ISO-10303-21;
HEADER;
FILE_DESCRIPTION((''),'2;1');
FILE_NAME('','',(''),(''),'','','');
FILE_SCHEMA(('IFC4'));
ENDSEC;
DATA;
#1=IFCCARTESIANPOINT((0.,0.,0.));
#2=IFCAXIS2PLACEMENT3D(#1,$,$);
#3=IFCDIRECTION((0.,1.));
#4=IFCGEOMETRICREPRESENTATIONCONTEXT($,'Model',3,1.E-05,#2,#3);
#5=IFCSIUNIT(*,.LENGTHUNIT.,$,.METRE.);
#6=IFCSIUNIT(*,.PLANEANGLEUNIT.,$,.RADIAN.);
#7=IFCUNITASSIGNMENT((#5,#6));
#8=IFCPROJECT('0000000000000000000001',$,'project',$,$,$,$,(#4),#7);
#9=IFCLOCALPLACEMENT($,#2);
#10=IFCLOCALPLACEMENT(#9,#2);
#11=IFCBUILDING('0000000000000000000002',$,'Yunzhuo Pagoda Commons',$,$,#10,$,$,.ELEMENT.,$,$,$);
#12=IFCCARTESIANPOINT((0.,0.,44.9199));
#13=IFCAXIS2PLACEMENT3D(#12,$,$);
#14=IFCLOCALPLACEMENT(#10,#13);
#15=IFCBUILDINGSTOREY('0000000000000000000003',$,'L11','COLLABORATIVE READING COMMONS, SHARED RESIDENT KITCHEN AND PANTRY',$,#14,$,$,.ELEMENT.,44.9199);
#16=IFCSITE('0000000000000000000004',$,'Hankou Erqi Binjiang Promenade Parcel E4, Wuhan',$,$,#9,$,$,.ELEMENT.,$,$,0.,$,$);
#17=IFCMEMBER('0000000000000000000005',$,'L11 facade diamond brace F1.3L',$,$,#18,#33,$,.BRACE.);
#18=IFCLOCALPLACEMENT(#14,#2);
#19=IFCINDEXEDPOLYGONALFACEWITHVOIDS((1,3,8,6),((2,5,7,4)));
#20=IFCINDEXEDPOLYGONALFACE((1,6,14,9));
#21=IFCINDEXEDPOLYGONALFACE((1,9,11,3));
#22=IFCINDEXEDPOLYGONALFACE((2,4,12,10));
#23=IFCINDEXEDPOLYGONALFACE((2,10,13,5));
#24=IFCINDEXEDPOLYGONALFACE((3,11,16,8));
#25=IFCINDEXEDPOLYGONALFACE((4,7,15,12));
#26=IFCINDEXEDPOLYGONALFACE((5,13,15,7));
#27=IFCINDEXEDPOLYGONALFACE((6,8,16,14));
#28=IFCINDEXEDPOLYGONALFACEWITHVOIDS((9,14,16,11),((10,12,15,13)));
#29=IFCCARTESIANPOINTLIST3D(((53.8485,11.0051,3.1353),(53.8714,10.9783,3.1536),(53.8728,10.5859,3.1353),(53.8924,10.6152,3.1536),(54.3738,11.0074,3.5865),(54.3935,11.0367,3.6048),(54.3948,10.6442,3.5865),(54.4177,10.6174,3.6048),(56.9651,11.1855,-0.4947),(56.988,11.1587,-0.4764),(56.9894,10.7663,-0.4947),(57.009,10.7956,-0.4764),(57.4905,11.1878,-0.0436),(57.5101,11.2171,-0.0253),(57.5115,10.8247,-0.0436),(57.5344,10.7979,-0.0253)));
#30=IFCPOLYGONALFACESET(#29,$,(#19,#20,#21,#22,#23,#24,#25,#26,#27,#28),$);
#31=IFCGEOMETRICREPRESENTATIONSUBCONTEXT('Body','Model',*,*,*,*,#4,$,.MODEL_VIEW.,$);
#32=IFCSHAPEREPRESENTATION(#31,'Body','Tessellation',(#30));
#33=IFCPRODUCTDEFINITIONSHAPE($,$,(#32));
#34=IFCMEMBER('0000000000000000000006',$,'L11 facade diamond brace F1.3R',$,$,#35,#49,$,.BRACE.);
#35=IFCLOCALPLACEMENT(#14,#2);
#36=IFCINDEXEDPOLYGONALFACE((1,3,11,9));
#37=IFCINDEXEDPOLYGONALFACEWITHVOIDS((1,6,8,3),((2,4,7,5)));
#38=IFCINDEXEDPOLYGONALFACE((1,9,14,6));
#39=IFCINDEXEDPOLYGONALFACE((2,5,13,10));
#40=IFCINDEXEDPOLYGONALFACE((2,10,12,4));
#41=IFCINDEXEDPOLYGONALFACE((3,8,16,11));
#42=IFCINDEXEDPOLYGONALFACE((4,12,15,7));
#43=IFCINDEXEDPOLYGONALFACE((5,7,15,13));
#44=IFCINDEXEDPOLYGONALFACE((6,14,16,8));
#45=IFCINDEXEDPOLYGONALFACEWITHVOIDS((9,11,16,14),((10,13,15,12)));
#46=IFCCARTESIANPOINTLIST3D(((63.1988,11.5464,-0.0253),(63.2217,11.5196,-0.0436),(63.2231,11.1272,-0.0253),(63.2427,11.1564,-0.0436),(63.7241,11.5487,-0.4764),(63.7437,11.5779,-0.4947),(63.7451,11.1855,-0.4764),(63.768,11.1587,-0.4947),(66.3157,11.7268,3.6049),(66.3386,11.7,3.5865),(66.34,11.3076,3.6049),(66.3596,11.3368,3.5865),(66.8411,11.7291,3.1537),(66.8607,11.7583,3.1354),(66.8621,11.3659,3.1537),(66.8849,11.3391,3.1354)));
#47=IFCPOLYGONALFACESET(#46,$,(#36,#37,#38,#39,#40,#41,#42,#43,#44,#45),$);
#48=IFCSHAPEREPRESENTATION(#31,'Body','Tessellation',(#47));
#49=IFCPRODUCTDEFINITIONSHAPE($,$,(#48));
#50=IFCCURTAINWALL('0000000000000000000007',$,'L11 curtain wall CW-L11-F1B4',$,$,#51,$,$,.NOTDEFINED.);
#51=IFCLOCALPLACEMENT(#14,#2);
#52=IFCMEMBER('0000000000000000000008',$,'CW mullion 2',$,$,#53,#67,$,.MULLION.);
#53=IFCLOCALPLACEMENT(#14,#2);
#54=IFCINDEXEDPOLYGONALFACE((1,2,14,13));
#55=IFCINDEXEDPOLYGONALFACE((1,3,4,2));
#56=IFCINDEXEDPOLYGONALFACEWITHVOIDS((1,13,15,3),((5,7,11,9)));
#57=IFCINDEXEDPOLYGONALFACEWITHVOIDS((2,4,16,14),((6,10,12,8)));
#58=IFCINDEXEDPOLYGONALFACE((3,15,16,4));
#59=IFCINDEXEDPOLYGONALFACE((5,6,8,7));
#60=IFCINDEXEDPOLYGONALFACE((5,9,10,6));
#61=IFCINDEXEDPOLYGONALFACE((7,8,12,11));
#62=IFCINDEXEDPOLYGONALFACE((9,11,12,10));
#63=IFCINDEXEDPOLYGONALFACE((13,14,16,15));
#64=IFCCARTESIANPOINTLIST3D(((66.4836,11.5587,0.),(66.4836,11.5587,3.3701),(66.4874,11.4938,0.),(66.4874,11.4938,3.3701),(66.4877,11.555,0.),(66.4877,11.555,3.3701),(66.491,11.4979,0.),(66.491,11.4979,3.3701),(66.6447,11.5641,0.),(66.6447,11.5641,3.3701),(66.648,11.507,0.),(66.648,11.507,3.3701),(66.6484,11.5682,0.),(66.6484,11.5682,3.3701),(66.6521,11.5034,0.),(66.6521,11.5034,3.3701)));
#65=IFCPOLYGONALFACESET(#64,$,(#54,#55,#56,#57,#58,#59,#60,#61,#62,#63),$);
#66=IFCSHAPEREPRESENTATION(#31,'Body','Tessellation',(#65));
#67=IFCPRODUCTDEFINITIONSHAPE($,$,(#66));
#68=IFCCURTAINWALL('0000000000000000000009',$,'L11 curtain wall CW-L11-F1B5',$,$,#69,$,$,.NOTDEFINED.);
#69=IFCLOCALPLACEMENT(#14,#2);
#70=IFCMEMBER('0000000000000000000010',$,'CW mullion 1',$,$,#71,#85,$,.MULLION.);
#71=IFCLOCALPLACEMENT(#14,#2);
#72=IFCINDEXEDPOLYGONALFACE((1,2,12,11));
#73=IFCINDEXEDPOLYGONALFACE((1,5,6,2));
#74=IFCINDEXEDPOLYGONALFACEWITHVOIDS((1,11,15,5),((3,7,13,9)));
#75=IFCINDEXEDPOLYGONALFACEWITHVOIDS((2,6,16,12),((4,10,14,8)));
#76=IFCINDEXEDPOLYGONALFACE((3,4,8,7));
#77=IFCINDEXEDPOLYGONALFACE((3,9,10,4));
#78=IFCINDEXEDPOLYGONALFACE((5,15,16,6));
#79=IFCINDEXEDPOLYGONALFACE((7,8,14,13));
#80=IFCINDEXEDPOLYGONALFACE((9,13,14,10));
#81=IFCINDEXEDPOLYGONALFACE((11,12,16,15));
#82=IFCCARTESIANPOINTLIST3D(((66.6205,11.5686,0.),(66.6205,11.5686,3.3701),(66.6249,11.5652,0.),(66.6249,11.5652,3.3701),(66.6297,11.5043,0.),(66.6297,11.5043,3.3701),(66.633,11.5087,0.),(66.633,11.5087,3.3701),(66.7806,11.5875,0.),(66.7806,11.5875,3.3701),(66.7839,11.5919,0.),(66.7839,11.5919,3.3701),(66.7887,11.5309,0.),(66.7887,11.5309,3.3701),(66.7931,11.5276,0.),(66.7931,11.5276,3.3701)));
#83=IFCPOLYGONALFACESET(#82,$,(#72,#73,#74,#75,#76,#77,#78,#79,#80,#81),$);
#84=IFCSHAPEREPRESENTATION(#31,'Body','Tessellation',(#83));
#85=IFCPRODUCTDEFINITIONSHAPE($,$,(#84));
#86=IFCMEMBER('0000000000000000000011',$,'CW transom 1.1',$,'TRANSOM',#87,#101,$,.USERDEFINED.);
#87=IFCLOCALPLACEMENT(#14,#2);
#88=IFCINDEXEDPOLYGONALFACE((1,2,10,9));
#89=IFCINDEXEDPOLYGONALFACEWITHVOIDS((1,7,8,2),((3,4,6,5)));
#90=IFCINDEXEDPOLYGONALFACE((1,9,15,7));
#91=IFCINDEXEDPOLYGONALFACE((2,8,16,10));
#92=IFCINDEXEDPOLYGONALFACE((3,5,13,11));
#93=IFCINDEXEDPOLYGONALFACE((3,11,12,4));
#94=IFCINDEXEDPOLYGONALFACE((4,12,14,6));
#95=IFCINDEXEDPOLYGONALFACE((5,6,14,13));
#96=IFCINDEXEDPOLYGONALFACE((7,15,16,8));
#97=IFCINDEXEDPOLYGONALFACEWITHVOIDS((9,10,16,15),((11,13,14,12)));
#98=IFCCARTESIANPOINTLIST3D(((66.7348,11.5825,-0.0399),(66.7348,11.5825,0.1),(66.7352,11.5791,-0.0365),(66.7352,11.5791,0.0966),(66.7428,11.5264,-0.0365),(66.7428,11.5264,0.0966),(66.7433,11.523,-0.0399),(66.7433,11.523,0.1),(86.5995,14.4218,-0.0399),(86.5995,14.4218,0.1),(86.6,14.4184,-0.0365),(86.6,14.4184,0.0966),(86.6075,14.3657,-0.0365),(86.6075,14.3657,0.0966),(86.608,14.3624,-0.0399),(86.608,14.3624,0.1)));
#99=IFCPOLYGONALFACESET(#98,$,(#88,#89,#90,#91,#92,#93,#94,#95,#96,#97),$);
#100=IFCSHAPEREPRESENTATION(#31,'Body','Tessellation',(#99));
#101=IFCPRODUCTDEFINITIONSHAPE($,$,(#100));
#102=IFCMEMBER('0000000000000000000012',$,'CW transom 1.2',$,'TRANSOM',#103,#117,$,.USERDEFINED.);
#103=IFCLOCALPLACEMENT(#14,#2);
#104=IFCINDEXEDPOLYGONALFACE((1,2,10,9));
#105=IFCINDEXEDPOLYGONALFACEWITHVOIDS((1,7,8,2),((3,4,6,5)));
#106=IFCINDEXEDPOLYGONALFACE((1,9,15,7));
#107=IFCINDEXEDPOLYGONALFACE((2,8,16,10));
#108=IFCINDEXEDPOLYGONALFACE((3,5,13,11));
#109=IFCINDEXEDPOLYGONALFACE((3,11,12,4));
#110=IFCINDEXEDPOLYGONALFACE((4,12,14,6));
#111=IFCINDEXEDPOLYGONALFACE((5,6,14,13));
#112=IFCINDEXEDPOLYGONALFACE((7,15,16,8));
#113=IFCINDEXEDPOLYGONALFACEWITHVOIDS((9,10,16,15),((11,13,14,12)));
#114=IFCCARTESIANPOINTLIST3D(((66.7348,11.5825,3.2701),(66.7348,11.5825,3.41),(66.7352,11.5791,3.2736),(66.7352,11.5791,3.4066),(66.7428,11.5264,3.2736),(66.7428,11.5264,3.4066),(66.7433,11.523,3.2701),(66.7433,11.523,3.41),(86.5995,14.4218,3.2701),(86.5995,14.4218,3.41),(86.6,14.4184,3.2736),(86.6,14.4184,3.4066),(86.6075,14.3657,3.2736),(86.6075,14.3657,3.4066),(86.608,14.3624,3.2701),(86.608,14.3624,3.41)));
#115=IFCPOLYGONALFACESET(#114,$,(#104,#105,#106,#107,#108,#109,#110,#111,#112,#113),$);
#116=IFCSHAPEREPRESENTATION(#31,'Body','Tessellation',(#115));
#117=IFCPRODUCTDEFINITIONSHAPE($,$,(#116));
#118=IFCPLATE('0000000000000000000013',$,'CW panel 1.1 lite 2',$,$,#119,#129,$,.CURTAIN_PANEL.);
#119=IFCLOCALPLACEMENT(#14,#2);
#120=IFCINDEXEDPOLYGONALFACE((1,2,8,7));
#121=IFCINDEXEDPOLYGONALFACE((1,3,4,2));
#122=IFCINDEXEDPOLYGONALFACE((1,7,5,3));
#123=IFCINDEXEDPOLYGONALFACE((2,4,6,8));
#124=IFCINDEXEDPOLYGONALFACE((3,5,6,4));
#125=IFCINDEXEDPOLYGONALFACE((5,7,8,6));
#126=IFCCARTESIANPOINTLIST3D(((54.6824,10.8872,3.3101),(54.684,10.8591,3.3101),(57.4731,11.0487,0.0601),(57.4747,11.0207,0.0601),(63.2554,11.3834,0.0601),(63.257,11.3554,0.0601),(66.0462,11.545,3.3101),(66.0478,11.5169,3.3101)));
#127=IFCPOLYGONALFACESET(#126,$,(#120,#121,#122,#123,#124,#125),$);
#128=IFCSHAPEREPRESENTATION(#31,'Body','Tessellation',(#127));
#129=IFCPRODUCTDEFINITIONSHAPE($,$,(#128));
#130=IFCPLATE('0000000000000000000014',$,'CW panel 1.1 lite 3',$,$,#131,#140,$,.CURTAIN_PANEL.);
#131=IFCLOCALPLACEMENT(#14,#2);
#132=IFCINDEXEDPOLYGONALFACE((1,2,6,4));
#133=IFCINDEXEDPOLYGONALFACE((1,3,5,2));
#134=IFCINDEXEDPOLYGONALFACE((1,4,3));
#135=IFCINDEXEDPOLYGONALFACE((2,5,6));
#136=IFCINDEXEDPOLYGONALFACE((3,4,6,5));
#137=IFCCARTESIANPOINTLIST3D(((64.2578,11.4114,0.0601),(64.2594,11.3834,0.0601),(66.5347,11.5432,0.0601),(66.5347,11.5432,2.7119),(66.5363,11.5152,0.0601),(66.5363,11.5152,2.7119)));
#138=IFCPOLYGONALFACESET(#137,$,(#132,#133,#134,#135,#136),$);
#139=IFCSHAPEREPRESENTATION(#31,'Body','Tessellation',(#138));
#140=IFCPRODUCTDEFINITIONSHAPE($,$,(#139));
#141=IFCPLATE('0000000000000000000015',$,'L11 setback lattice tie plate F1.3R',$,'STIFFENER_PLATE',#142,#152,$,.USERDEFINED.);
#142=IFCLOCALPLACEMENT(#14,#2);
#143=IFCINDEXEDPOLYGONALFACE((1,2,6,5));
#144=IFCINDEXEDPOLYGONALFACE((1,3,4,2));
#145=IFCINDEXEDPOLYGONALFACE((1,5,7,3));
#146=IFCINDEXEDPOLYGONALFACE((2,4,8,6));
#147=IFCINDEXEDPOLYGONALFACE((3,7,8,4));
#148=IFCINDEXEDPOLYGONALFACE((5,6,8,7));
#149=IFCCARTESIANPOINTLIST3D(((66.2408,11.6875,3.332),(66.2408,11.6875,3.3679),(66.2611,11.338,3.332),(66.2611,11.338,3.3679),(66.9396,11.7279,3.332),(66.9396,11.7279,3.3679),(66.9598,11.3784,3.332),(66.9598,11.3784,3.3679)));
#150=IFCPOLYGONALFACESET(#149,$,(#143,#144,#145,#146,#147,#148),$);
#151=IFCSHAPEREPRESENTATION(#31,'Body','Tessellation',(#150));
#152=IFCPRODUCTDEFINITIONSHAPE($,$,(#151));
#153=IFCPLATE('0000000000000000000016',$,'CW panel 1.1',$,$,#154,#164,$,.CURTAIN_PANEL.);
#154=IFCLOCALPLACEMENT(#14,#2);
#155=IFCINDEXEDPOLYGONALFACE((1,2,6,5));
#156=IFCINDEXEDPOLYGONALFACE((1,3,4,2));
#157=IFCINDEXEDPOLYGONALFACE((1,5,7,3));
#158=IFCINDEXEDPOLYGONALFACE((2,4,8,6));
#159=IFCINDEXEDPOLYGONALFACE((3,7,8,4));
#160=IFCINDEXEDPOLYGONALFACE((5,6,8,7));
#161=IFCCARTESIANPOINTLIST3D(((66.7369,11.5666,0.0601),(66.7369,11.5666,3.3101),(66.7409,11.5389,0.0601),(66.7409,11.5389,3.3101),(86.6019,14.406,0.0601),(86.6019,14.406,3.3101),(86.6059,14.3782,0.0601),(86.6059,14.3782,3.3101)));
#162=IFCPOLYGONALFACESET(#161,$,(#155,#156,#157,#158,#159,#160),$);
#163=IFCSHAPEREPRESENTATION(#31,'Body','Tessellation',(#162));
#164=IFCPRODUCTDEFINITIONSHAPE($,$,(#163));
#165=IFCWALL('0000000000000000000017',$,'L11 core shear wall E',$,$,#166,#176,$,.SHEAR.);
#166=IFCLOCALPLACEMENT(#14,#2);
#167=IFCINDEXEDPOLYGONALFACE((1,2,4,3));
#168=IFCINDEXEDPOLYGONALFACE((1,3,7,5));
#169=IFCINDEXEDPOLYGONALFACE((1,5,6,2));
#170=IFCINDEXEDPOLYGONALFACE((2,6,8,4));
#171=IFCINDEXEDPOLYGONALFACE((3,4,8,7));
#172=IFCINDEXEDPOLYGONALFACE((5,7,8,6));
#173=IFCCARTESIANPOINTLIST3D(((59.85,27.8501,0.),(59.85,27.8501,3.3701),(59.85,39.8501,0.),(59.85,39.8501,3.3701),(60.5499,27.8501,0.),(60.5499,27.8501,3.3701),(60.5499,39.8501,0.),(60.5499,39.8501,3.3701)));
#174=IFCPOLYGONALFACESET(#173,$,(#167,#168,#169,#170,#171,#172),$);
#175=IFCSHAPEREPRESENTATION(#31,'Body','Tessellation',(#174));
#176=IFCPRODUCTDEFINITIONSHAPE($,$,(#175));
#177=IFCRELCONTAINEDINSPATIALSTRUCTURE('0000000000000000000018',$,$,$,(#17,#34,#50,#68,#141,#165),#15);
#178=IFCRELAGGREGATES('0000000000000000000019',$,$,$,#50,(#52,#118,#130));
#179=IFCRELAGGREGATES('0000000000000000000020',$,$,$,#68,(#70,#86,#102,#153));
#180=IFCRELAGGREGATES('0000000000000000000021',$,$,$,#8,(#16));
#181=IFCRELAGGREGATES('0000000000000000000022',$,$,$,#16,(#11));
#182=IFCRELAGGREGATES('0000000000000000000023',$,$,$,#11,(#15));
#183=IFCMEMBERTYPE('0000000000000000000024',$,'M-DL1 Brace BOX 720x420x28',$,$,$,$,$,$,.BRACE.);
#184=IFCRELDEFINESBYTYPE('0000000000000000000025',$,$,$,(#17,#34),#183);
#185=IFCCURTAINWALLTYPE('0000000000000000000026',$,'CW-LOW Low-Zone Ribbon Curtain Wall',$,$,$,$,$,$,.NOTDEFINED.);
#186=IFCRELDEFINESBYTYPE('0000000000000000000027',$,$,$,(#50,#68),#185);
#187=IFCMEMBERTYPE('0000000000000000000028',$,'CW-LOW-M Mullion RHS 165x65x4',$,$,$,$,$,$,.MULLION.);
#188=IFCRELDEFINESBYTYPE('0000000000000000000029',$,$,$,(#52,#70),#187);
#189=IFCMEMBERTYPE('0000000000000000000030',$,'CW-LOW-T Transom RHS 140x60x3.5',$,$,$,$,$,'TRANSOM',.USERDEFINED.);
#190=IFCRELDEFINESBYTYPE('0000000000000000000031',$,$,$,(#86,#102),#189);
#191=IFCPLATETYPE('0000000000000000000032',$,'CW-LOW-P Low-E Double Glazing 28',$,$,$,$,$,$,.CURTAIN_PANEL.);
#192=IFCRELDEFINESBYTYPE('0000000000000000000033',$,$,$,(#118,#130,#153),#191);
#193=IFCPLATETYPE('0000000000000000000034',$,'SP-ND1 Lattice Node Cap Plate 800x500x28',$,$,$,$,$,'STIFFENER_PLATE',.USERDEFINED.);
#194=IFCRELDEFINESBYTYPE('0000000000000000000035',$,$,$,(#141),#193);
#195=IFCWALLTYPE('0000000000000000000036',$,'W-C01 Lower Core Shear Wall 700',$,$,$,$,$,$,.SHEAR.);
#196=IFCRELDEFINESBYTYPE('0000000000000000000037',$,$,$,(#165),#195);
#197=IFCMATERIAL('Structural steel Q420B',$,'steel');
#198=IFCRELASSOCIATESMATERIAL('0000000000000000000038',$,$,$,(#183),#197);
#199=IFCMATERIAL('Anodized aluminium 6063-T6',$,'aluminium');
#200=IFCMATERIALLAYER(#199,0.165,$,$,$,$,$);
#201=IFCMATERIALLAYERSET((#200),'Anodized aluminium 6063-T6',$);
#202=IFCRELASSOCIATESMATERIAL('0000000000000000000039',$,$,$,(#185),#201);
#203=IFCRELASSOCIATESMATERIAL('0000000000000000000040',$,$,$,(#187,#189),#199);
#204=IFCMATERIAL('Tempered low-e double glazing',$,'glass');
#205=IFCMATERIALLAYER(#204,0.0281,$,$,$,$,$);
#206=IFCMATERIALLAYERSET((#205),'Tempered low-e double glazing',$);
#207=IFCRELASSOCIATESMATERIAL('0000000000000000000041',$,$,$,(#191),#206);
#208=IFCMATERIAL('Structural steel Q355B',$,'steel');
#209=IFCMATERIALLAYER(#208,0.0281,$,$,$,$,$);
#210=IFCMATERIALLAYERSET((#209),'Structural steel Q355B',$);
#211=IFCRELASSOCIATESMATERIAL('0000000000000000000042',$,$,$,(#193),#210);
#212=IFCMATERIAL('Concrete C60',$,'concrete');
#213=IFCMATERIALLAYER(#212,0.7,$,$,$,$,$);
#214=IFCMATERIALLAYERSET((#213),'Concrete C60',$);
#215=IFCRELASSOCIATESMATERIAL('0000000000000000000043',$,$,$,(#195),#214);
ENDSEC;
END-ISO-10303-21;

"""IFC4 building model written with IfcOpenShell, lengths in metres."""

from ifc_helpers import new_model, si_unit, direction, frame, frame_2d, origin, origin_2d, place, context, subcontext, project, spatial, polyline, rectangle, hollow_rectangle, outline, extrude, source, transform, mapped, material, layer, layer_set, material_profile, profile_set, type_object, element, aggregate, save


model = new_model("IFC4")

# Units and contexts
model_context = context("Model", 3, precision=1e-05, world=origin(), true_north=direction((0.0, 1.0)))
body_context = subcontext(model_context, "Body", "Model", "MODEL_VIEW")
ifc_project = project(units=[si_unit("LENGTHUNIT", "METRE"), si_unit("PLANEANGLEUNIT", "RADIAN")], contexts=[model_context])

# Site, building, storey
site_placement = place(None, origin())
site = spatial("IfcSite", under=ifc_project, at=site_placement, Name="Hankou Erqi Binjiang Promenade Parcel E4, Wuhan", CompositionType="ELEMENT", RefElevation=0.0)
building_placement = place(site_placement, origin())
building = spatial("IfcBuilding", under=site, at=building_placement, Name="Yunzhuo Pagoda Commons", CompositionType="ELEMENT")
storey_placement = place(building_placement, frame((0.0, 0.0, 44.9199)))
storey = spatial("IfcBuildingStorey", under=building, at=storey_placement, Name="L11", Description="COLLABORATIVE READING COMMONS, SHARED RESIDENT KITCHEN AND PANTRY", CompositionType="ELEMENT", Elevation=44.9199)

# Shared definitions
ifc_material_1 = material(Name="Structural steel Q420B", Category="steel")

# Shared definitions
ifc_material_2 = material(Name="Structural steel Q355B", Category="steel")

# Members
ifc_material_profile_1 = material_profile(ifc_material_1, hollow_rectangle(XDim=0.4199, YDim=0.72, WallThickness=0.0281, at=origin_2d()), Name="Structural steel Q420B")
ifc_profile_set_1 = profile_set([ifc_material_profile_1], Name="Structural steel Q420B")
member_type_1 = type_object("IfcMemberType", Name="M-DL1 Brace BOX 720x420x28", PredefinedType="BRACE", material=ifc_profile_set_1)
shared_shape_1 = source(origin(), body_context, "Body", "SweptSolid", [
    extrude(hollow_rectangle(XDim=0.4199, YDim=0.72, WallThickness=0.0281, at=origin_2d()), origin(), (0.0, 0.0, 1.0), 4.7878),
])
member_1_placement = place(storey_placement, frame((57.2498, 10.9917, -0.26), z_axis=(-0.65095, -0.037682, 0.758184), x_axis=(0.057791, -0.998329, 0.0)))
element("IfcMember", 1, at=member_1_placement, inside=storey, type_object=member_type_1, Name="L11 facade diamond brace F1.3L", PredefinedType="BRACE", context=body_context, shape_type="MappedRepresentation", body=[
    mapped(shared_shape_1, transform((0.0, 0.0, 0.0), scale=1.0)),
])
shared_shape_2 = source(origin(), body_context, "Body", "SweptSolid", [
    extrude(hollow_rectangle(XDim=0.4199, YDim=0.72, WallThickness=0.0281, at=origin_2d()), origin(), (0.0, 0.0, 1.0), 4.7881),
])
member_2_placement = place(storey_placement, frame((63.4834, 11.3525, -0.26), z_axis=(0.65098, 0.037681, 0.758159), x_axis=(-0.057787, 0.998329, 0.0)))
element("IfcMember", 2, at=member_2_placement, inside=storey, type_object=member_type_1, Name="L11 facade diamond brace F1.3R", PredefinedType="BRACE", context=body_context, shape_type="MappedRepresentation", body=[
    mapped(shared_shape_2, transform((0.0, 0.0, 0.0), scale=1.0)),
])

# Curtain wall, member
ifc_material_3 = material(Name="Anodized aluminium 6063-T6", Category="aluminium")
ifc_layer_1 = layer(ifc_material_3, 0.165)
ifc_layer_set_1 = layer_set([ifc_layer_1], Name="Anodized aluminium 6063-T6")
curtain_wall_type = type_object("IfcCurtainWallType", Name="CW-LOW Low-Zone Ribbon Curtain Wall", PredefinedType="NOTDEFINED", material=ifc_layer_set_1)
curtain_wall_1_placement = place(storey_placement, origin())
curtain_wall_1 = element("IfcCurtainWall", 3, at=curtain_wall_1_placement, inside=storey, type_object=curtain_wall_type, Name="L11 curtain wall CW-L11-F1B4", PredefinedType="NOTDEFINED")
ifc_material_profile_2 = material_profile(ifc_material_3, hollow_rectangle(XDim=0.0649, YDim=0.165, WallThickness=0.0039, at=origin_2d()), Name="Anodized aluminium 6063-T6")
ifc_profile_set_2 = profile_set([ifc_material_profile_2], Name="Anodized aluminium 6063-T6")
member_type_2 = type_object("IfcMemberType", Name="CW-LOW-M Mullion RHS 165x65x4", PredefinedType="MULLION", material=ifc_profile_set_2)
shared_shape_3 = source(origin(), body_context, "Body", "SweptSolid", [
    extrude(hollow_rectangle(XDim=0.0649, YDim=0.165, WallThickness=0.0039, at=origin_2d()), origin(), (0.0, 0.0, 1.0), 3.3701),
])
member_3_placement = place(storey_placement, frame((66.5679, 11.531, 0.0), z_axis=(0.0, 0.0, 1.0), x_axis=(-0.057791, 0.998329, 0.0)))
member_3 = element("IfcMember", 4, at=member_3_placement, type_object=member_type_2, Name="CW mullion 2", PredefinedType="MULLION", context=body_context, shape_type="MappedRepresentation", body=[
    mapped(shared_shape_3, transform((0.0, 0.0, 0.0), scale=1.0)),
])

# Curtain wall, members
curtain_wall_2_placement = place(storey_placement, origin())
curtain_wall_2 = element("IfcCurtainWall", 5, at=curtain_wall_2_placement, inside=storey, type_object=curtain_wall_type, Name="L11 curtain wall CW-L11-F1B5", PredefinedType="NOTDEFINED")
member_4_placement = place(storey_placement, frame((66.7068, 11.5481, 0.0), z_axis=(0.0, 0.0, 1.0), x_axis=(-0.141493, 0.989939, 0.0)))
member_4 = element("IfcMember", 6, at=member_4_placement, type_object=member_type_2, Name="CW mullion 1", PredefinedType="MULLION", context=body_context, shape_type="MappedRepresentation", body=[
    mapped(shared_shape_3, transform((0.0, 0.0, 0.0), scale=1.0)),
])
ifc_material_profile_3 = material_profile(ifc_material_3, hollow_rectangle(XDim=0.0601, YDim=0.1399, WallThickness=0.0034, at=origin_2d()), Name="Anodized aluminium 6063-T6")
ifc_profile_set_3 = profile_set([ifc_material_profile_3], Name="Anodized aluminium 6063-T6")
member_type_3 = type_object("IfcMemberType", Name="CW-LOW-T Transom RHS 140x60x3.5", ElementType="TRANSOM", PredefinedType="USERDEFINED", material=ifc_profile_set_3)
shared_shape_4 = source(origin(), body_context, "Body", "SweptSolid", [
    extrude(hollow_rectangle(XDim=0.0601, YDim=0.1399, WallThickness=0.0034, at=origin_2d()), origin(), (0.0, 0.0, 1.0), 20.0667),
])
member_5_placement = place(storey_placement, frame((66.739, 11.5527, 0.03), z_axis=(0.989939, 0.141496, 0.0), x_axis=(-0.141496, 0.989939, 0.0)))
member_5 = element("IfcMember", 7, at=member_5_placement, type_object=member_type_3, Name="CW transom 1.1", ObjectType="TRANSOM", PredefinedType="USERDEFINED", context=body_context, shape_type="MappedRepresentation", body=[
    mapped(shared_shape_4, transform((0.0, 0.0, 0.0), scale=1.0)),
])
member_6_placement = place(storey_placement, frame((66.739, 11.5527, 3.3401), z_axis=(0.989939, 0.141496, 0.0), x_axis=(-0.141496, 0.989939, 0.0)))
member_6 = element("IfcMember", 8, at=member_6_placement, type_object=member_type_3, Name="CW transom 1.2", ObjectType="TRANSOM", PredefinedType="USERDEFINED", context=body_context, shape_type="MappedRepresentation", body=[
    mapped(shared_shape_4, transform((0.0, 0.0, 0.0), scale=1.0)),
])

# Plates
ifc_material_4 = material(Name="Tempered low-e double glazing", Category="glass")
ifc_layer_2 = layer(ifc_material_4, 0.0281)
ifc_layer_set_2 = layer_set([ifc_layer_2], Name="Tempered low-e double glazing")
plate_type_1 = type_object("IfcPlateType", Name="CW-LOW-P Low-E Double Glazing 28", PredefinedType="CURTAIN_PANEL", material=ifc_layer_set_2)
plate_1_placement = place(storey_placement, frame((60.3643, 11.2161, 1.6851), z_axis=(0.057791, -0.998329, 0.0), x_axis=(0.998329, 0.057791, 0.0)))
plate_1 = element("IfcPlate", 9, at=plate_1_placement, type_object=plate_type_1, Name="CW panel 1.1 lite 2", PredefinedType="CURTAIN_PANEL", context=body_context, shape_type="SweptSolid", body=[
    extrude(outline(polyline([(-5.6914, 1.625), (-2.896, -1.625), (2.896, -1.625), (5.6914, 1.625), (-5.6914, 1.625)])), origin(), (0.0, 0.0, 1.0), 0.0281),
])
plate_2_placement = place(storey_placement, frame((65.3962, 11.4773, 1.386), z_axis=(0.057791, -0.998329, 0.0), x_axis=(0.998329, 0.057791, 0.0)))
plate_2 = element("IfcPlate", 10, at=plate_2_placement, type_object=plate_type_1, Name="CW panel 1.1 lite 3", PredefinedType="CURTAIN_PANEL", context=body_context, shape_type="SweptSolid", body=[
    extrude(outline(polyline([(-1.1404, -1.3259), (1.1404, -1.3259), (1.1404, 1.3259), (-1.1404, -1.3259)])), origin(), (0.0, 0.0, 1.0), 0.0281),
])
aggregate(curtain_wall_1, [member_3, plate_1, plate_2])
ifc_layer_3 = layer(ifc_material_2, 0.0281)
ifc_layer_set_3 = layer_set([ifc_layer_3], Name="Structural steel Q355B")
plate_type_2 = type_object("IfcPlateType", Name="SP-ND1 Lattice Node Cap Plate 800x500x28", ElementType="STIFFENER_PLATE", PredefinedType="USERDEFINED", material=ifc_layer_set_3)
shared_shape_5 = source(origin(), body_context, "Body", "SweptSolid", [
    extrude(rectangle(XDim=0.7, YDim=0.3501, at=origin_2d()), origin(), (0.0, 0.0, 1.0), 0.0359),
])
plate_3_placement = place(storey_placement, frame((66.6003, 11.533, 3.332), z_axis=(0.0, 0.0, 1.0), x_axis=(0.998329, 0.057791, 0.0)))
element("IfcPlate", 11, at=plate_3_placement, inside=storey, type_object=plate_type_2, Name="L11 setback lattice tie plate F1.3R", ObjectType="STIFFENER_PLATE", PredefinedType="USERDEFINED", context=body_context, shape_type="MappedRepresentation", body=[
    mapped(shared_shape_5, transform((0.0, 0.0, 0.0), scale=1.0)),
])
shared_shape_6 = source(origin(), body_context, "Body", "SweptSolid", [
    extrude(rectangle(XDim=20.0669, YDim=0.0281, at=origin_2d()), origin(), (0.0, 0.0, 1.0), 3.25),
])
plate_4_placement = place(storey_placement, frame((76.6714, 12.9724, 0.0601), z_axis=(0.0, 0.0, 1.0), x_axis=(0.989939, 0.141493, 0.0)))
plate_4 = element("IfcPlate", 12, at=plate_4_placement, type_object=plate_type_1, Name="CW panel 1.1", PredefinedType="CURTAIN_PANEL", context=body_context, shape_type="MappedRepresentation", body=[
    mapped(shared_shape_6, transform((0.0, 0.0, 0.0), scale=1.0)),
])
aggregate(curtain_wall_2, [member_4, member_5, member_6, plate_4])

# Wall
ifc_material_5 = material(Name="Concrete C60", Category="concrete")
ifc_layer_4 = layer(ifc_material_5, 0.7)
ifc_layer_set_4 = layer_set([ifc_layer_4], Name="Concrete C60")
wall_type_1 = type_object("IfcWallType", Name="W-C01 Lower Core Shear Wall 700", PredefinedType="SHEAR", material=ifc_layer_set_4)
wall_1_placement = place(storey_placement, frame((60.2, 27.8501, 0.0), z_axis=(0.0, 0.0, 1.0), x_axis=(0.0, 1.0, 0.0)))
element("IfcWall", 13, at=wall_1_placement, inside=storey, type_object=wall_type_1, Name="L11 core shear wall E", PredefinedType="SHEAR", context=body_context, shape_type="SweptSolid", body=[
    extrude(rectangle(XDim=12.0, YDim=0.7, at=frame_2d((6.0, 0.0))), origin(), (0.0, 0.0, 1.0), 3.3701),
])

save(model, "model.ifc")
